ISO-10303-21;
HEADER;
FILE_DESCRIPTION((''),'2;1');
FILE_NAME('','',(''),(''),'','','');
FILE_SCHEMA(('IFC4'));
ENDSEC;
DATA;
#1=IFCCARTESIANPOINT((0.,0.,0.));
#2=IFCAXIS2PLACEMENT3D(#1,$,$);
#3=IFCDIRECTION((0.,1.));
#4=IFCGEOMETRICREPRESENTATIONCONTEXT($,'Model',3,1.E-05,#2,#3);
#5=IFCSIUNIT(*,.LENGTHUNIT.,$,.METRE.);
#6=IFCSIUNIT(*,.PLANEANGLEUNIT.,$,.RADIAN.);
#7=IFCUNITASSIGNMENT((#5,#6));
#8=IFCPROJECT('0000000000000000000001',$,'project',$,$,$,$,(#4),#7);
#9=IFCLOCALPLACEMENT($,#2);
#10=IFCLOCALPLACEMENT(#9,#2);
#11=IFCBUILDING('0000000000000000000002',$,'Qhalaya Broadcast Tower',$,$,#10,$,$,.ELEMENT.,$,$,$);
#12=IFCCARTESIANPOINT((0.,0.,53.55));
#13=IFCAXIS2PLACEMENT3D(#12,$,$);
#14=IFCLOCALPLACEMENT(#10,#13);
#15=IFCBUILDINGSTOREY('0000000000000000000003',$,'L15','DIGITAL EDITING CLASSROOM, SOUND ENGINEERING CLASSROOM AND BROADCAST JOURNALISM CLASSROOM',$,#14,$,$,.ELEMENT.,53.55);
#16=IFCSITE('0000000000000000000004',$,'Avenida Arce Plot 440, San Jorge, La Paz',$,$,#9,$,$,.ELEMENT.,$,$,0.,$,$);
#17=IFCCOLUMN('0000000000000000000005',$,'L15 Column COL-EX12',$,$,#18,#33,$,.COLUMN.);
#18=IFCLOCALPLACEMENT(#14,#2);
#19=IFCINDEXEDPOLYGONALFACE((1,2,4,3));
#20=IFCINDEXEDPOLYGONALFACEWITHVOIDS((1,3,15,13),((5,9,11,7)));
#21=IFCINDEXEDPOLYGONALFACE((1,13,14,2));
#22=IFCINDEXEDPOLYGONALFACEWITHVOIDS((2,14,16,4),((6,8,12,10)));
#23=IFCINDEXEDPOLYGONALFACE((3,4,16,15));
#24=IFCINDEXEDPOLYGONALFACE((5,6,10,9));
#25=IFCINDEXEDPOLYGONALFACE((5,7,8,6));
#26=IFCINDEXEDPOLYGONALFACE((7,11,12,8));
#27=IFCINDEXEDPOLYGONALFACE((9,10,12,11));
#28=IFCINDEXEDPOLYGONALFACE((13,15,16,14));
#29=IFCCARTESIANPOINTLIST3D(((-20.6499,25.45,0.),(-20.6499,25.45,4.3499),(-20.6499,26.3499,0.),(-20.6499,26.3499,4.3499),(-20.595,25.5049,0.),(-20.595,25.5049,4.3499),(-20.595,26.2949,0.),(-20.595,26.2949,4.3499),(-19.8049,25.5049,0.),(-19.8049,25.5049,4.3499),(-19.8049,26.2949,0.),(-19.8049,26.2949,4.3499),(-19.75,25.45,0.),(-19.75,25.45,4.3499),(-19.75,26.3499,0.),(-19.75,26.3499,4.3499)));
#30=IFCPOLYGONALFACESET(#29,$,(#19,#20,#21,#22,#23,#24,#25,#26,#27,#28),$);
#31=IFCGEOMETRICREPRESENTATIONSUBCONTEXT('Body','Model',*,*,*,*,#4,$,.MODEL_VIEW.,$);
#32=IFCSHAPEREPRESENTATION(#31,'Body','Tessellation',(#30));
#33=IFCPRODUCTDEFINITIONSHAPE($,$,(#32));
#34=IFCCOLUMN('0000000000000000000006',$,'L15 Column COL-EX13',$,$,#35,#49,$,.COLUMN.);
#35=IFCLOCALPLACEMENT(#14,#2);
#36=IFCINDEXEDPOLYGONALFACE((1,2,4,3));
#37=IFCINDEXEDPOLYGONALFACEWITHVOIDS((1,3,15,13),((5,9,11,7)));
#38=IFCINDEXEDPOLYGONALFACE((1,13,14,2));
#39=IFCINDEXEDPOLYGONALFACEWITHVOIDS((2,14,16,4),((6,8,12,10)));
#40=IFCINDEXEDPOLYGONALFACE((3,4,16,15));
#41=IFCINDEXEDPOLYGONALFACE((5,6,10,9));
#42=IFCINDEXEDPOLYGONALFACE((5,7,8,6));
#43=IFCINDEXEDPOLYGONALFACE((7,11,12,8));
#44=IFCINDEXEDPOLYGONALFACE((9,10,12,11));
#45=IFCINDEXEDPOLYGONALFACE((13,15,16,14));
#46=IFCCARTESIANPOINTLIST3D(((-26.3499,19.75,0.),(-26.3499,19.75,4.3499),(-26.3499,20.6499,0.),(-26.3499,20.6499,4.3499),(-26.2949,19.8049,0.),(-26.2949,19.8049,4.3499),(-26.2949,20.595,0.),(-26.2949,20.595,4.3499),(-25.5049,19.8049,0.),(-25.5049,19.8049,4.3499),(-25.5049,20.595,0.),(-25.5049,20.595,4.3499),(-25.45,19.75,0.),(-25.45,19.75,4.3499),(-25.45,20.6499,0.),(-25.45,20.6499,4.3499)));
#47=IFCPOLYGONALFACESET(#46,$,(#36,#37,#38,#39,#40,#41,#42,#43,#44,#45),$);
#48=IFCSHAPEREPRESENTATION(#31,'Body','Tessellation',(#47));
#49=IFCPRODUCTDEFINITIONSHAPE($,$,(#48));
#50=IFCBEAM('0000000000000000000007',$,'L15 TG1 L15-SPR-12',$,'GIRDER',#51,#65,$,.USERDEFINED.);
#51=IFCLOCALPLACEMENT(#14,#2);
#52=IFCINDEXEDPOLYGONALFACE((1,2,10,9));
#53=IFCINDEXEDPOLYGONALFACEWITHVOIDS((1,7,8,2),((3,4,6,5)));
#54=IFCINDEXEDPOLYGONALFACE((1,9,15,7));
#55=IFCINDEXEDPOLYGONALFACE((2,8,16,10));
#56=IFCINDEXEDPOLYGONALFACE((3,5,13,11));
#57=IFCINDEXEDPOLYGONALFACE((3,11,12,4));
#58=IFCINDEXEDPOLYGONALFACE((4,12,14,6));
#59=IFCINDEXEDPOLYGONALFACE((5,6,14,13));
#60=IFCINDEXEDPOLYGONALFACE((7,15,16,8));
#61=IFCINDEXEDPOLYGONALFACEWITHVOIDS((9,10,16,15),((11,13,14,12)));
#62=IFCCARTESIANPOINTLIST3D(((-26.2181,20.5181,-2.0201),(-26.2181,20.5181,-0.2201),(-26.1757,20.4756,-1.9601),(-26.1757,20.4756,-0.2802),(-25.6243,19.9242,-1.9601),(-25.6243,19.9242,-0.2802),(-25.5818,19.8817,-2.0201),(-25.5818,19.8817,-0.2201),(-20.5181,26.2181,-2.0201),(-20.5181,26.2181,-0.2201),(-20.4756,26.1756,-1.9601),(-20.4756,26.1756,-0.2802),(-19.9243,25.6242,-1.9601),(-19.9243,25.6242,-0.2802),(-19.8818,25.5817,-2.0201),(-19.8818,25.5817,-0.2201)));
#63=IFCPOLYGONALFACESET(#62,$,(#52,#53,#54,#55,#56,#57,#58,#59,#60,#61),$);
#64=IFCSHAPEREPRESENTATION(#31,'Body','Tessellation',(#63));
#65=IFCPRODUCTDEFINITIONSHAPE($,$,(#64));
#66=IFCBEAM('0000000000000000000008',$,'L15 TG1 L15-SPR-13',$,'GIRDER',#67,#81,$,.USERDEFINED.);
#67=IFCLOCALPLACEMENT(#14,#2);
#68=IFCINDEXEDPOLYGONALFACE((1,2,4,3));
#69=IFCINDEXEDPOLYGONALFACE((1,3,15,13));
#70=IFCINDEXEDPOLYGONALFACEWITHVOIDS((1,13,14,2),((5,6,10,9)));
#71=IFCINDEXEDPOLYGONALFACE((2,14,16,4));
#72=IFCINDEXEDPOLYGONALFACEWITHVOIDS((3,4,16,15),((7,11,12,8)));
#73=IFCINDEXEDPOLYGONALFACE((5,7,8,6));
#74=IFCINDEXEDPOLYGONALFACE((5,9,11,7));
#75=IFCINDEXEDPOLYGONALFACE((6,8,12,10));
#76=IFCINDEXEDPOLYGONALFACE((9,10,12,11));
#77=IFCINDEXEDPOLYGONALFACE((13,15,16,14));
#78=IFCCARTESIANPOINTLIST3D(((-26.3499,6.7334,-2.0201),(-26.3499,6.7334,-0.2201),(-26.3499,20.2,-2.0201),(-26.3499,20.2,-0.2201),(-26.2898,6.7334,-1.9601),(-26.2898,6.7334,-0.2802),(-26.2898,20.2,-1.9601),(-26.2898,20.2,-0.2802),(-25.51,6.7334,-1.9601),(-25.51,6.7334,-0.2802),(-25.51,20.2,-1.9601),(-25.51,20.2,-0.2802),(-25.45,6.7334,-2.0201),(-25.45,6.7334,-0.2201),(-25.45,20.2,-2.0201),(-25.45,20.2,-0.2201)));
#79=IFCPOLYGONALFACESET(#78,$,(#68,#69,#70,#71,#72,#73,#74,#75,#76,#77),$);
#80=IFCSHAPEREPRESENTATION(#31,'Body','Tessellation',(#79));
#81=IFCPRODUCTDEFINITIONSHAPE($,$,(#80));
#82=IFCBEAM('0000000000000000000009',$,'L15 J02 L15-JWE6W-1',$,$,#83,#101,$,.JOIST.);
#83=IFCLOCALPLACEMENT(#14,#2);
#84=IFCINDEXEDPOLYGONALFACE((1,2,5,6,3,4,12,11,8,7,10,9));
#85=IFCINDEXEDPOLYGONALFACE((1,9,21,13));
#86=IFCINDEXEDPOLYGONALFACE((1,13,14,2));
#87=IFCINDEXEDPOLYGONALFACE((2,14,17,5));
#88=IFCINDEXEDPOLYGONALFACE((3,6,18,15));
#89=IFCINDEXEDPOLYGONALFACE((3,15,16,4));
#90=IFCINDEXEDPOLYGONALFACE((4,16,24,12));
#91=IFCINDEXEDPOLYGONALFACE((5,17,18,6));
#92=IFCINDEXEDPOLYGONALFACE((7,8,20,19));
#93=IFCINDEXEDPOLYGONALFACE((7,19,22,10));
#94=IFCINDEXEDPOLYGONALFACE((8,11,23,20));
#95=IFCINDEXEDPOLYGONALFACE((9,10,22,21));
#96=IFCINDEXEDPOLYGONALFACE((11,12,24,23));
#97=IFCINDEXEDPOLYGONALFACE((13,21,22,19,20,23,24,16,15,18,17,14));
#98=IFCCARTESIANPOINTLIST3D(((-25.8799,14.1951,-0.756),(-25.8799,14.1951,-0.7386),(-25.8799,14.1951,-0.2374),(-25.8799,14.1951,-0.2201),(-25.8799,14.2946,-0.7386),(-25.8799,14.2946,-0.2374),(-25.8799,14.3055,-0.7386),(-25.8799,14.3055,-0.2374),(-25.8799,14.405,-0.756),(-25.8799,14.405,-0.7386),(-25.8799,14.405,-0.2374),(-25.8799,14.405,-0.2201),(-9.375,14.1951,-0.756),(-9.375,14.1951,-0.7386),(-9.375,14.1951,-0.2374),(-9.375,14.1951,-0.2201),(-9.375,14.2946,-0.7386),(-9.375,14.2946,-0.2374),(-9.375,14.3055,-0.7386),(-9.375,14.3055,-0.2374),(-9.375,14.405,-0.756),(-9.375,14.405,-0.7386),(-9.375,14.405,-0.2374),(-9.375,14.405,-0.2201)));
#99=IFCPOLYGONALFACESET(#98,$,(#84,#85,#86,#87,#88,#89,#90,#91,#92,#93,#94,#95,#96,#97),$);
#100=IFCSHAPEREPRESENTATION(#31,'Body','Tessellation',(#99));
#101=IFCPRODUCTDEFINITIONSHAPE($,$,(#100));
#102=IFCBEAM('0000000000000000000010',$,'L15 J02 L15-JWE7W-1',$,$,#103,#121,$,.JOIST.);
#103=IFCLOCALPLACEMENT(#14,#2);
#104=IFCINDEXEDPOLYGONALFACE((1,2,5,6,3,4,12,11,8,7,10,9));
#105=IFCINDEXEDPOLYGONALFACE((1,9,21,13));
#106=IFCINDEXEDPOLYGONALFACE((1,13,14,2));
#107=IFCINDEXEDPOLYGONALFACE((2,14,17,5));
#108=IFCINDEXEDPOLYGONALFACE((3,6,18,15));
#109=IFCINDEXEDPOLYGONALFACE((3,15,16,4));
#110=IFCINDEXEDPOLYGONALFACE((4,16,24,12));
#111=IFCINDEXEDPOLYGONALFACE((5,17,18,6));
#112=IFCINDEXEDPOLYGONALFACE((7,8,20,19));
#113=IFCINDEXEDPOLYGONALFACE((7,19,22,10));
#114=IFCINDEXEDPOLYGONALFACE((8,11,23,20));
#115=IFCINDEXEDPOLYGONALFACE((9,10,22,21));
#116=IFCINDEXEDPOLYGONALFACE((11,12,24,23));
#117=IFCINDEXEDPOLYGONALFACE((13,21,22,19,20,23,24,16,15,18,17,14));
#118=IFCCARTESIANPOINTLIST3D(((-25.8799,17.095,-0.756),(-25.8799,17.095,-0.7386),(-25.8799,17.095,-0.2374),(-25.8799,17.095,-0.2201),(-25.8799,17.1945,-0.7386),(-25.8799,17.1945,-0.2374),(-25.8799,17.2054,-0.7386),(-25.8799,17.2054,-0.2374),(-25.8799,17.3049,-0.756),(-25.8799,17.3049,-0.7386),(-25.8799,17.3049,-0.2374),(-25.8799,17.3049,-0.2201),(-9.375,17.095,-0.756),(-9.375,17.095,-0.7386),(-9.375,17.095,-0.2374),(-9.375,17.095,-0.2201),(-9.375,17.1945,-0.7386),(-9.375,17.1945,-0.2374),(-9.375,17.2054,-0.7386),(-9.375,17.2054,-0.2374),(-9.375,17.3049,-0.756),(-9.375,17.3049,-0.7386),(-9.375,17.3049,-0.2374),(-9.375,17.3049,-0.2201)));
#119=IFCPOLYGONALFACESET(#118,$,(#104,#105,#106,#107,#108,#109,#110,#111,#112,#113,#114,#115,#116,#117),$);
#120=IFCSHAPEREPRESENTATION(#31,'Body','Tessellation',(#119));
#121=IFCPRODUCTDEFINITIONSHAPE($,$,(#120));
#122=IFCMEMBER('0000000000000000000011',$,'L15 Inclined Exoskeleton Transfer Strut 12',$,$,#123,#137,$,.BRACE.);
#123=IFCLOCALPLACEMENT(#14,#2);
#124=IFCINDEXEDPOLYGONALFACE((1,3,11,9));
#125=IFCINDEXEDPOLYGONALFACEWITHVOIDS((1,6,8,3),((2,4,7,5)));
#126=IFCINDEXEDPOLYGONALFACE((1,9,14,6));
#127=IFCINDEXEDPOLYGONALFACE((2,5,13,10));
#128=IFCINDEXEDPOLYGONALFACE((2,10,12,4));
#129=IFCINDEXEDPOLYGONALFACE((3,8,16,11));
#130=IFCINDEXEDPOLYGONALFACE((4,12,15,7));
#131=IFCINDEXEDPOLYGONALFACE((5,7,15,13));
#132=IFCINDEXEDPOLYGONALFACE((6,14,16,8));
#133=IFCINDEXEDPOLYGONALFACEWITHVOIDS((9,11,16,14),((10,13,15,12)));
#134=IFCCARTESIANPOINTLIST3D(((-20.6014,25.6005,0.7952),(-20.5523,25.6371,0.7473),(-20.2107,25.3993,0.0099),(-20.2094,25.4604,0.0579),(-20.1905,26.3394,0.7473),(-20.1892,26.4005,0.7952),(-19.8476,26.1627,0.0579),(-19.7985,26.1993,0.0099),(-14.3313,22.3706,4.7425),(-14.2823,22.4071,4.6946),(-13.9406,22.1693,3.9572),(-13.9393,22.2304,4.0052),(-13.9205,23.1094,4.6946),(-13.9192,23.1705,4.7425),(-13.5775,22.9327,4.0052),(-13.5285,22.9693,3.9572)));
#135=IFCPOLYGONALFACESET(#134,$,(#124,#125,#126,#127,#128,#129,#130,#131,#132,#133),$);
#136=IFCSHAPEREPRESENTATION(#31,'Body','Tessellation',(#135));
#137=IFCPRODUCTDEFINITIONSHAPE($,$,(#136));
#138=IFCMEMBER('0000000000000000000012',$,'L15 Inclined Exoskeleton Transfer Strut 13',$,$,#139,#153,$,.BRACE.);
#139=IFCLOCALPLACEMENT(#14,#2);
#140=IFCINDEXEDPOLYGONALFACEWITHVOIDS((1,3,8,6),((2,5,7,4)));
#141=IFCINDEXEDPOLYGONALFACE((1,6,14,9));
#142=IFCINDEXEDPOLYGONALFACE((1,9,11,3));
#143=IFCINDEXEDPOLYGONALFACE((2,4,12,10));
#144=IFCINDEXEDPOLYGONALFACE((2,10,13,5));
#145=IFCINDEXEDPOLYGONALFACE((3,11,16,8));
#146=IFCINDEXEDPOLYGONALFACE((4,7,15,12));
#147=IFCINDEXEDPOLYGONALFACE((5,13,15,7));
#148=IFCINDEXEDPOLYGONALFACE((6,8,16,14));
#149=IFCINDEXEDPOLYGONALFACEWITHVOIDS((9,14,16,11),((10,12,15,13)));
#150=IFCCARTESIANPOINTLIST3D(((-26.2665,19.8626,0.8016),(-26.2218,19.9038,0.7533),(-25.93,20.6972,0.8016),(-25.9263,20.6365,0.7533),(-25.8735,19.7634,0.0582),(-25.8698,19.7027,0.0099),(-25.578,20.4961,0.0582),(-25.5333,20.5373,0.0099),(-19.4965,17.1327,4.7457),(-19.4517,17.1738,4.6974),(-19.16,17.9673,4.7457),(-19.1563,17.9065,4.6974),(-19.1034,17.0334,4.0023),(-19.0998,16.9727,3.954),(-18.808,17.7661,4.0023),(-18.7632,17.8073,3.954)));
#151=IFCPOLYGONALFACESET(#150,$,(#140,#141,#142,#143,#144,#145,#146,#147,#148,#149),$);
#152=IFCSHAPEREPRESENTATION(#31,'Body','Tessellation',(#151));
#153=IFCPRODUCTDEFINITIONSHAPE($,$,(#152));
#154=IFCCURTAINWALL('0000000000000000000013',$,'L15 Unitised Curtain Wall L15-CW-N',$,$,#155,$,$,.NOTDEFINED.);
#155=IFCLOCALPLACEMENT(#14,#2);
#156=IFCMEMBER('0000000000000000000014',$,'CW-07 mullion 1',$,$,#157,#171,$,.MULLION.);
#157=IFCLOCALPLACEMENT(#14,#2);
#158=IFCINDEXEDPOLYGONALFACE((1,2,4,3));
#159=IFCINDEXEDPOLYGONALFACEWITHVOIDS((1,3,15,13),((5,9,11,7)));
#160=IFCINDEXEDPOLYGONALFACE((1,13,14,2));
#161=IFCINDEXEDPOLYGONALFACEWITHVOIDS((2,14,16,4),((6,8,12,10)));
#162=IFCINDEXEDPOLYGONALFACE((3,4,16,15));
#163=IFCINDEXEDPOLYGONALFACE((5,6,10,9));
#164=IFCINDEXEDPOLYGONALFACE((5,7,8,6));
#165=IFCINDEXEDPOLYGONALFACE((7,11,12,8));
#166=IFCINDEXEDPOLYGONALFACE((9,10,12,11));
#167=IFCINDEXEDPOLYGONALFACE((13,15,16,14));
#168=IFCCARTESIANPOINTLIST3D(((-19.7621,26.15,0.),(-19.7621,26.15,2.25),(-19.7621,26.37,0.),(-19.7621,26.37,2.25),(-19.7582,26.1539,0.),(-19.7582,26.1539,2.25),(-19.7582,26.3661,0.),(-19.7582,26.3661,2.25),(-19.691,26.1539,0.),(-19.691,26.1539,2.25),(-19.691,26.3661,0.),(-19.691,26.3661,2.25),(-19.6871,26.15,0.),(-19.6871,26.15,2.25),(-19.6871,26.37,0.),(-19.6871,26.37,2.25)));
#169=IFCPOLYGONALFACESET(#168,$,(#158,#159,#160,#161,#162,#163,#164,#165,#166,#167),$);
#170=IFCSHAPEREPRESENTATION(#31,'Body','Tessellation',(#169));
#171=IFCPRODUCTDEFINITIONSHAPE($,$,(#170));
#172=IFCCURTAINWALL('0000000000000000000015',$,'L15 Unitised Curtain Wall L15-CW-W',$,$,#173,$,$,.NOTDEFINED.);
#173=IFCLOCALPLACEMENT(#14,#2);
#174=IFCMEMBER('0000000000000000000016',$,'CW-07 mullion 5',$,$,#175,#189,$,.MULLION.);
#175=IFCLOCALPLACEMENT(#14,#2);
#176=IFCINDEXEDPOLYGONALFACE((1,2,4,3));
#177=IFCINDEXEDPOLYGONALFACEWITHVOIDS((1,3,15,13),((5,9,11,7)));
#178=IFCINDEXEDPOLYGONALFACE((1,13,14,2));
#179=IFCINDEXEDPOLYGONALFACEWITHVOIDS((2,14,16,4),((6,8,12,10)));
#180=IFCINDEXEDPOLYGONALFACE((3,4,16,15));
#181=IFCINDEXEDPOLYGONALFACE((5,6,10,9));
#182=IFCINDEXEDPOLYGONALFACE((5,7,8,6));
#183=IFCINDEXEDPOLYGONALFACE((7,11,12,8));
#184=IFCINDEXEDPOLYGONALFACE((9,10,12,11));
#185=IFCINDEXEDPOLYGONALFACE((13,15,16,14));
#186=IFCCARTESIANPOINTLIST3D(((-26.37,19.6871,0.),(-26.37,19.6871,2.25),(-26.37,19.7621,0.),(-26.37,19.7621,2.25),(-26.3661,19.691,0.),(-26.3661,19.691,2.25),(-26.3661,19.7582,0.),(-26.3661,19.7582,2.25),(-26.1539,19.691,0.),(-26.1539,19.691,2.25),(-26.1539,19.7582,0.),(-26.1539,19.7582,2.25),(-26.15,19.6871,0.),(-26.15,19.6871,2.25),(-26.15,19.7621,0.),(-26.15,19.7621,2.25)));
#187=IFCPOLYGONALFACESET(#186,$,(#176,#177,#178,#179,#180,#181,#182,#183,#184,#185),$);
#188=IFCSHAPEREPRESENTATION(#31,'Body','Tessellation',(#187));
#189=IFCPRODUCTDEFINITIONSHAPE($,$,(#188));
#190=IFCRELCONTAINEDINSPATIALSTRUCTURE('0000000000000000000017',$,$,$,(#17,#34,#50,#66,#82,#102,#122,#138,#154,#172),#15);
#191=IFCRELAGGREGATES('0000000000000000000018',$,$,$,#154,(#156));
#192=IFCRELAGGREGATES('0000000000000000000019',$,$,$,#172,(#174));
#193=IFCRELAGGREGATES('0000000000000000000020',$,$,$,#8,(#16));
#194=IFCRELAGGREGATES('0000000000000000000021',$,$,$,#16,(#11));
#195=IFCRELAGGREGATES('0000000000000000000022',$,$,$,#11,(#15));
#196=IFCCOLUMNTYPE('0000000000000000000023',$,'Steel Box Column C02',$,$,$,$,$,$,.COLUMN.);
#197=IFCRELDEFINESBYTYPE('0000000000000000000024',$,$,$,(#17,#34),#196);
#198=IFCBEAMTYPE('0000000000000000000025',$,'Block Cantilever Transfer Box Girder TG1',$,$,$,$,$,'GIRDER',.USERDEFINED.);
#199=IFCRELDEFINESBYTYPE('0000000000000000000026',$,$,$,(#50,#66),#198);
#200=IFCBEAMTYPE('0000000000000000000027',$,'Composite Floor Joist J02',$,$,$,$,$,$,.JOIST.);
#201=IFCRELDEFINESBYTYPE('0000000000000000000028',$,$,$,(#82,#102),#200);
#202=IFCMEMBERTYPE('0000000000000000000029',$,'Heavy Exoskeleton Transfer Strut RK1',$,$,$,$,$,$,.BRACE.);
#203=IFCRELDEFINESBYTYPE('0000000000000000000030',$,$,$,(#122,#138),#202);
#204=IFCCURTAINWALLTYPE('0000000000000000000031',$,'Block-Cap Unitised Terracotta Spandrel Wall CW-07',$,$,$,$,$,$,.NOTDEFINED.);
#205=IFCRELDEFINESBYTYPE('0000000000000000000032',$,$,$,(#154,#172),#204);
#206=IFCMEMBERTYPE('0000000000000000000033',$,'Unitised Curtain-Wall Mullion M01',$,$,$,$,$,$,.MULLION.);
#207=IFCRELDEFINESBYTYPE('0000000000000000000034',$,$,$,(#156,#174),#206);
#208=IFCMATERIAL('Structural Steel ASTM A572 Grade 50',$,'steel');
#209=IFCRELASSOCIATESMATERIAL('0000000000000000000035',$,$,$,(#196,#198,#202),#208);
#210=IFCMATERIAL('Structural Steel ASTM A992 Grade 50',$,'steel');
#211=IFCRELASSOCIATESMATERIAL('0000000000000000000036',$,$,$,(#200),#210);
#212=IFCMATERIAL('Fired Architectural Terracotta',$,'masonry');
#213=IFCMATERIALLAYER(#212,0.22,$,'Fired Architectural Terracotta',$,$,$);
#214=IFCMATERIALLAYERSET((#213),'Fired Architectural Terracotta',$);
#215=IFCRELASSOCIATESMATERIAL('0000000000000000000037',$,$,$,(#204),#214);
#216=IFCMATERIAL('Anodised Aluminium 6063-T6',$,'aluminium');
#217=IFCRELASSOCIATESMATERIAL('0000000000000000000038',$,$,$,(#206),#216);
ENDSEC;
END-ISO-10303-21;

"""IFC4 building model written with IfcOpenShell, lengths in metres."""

from ifc_helpers import new_model, si_unit, direction, frame, origin, origin_2d, place, context, subcontext, project, spatial, hollow_rectangle, i_section, extrude, material, layer, layer_set, material_profile, profile_set, type_object, element, aggregate, save


model = new_model("IFC4")

# Units and contexts
model_context = context("Model", 3, precision=1e-05, world=origin(), true_north=direction((0.0, 1.0)))
body_context = subcontext(model_context, "Body", "Model", "MODEL_VIEW")
ifc_project = project(units=[si_unit("LENGTHUNIT", "METRE"), si_unit("PLANEANGLEUNIT", "RADIAN")], contexts=[model_context])

# Site, building, storey
site_placement = place(None, origin())
site = spatial("IfcSite", under=ifc_project, at=site_placement, Name="Avenida Arce Plot 440, San Jorge, La Paz", CompositionType="ELEMENT", RefElevation=0.0)
building_placement = place(site_placement, origin())
building = spatial("IfcBuilding", under=site, at=building_placement, Name="Qhalaya Broadcast Tower", CompositionType="ELEMENT")
storey_placement = place(building_placement, frame((0.0, 0.0, 53.55)))
storey = spatial("IfcBuildingStorey", under=building, at=storey_placement, Name="L15", Description="DIGITAL EDITING CLASSROOM, SOUND ENGINEERING CLASSROOM AND BROADCAST JOURNALISM CLASSROOM", CompositionType="ELEMENT", Elevation=53.55)

# Columns
ifc_material_1 = material(Name="Structural Steel ASTM A572 Grade 50", Category="steel")
ifc_material_profile_1 = material_profile(ifc_material_1, hollow_rectangle(XDim=0.8999, YDim=0.8999, WallThickness=0.0549, at=origin_2d()), Name="BOX 900x900x55")
ifc_profile_set_1 = profile_set([ifc_material_profile_1], Name="Structural Steel ASTM A572 Grade 50")
column_type = type_object("IfcColumnType", Name="Steel Box Column C02", PredefinedType="COLUMN", material=ifc_profile_set_1)
for number, where, z_axis, x_axis, name in (
    (1, (-20.2, 25.8999, 0.0), (0.0, 0.0, 1.0), (1.0, 0.0, 0.0), "L15 Column COL-EX12"),
    (2, (-25.8999, 20.2, 0.0), (0.0, 0.0, 1.0), (0.0, 1.0, 0.0), "L15 Column COL-EX13"),
):
    element("IfcColumn", number, at=place(storey_placement, frame(where, z_axis=z_axis, x_axis=x_axis)), inside=storey, type_object=column_type, Name=name, PredefinedType="COLUMN", context=body_context, shape_type="SweptSolid", body=[
        extrude(hollow_rectangle(XDim=0.8999, YDim=0.8999, WallThickness=0.0549, at=origin_2d()), origin(), (0.0, 0.0, 1.0), 4.3499),
    ])

# Beams
ifc_material_profile_2 = material_profile(ifc_material_1, hollow_rectangle(XDim=0.8999, YDim=1.8, WallThickness=0.0601, at=origin_2d()), Name="BOX 900x1800x60")
ifc_profile_set_2 = profile_set([ifc_material_profile_2], Name="Structural Steel ASTM A572 Grade 50")
beam_type_1 = type_object("IfcBeamType", Name="Block Cantilever Transfer Box Girder TG1", ElementType="GIRDER", PredefinedType="USERDEFINED", material=ifc_profile_set_2)
beam_1_placement = place(storey_placement, frame((-20.2, 25.8999, -1.1201), z_axis=(-0.707107, -0.707107, 0.0), x_axis=(0.707107, -0.707107, 0.0)))
element("IfcBeam", 3, at=beam_1_placement, inside=storey, type_object=beam_type_1, Name="L15 TG1 L15-SPR-12", ObjectType="GIRDER", PredefinedType="USERDEFINED", context=body_context, shape_type="SweptSolid", body=[
    extrude(hollow_rectangle(XDim=0.8999, YDim=1.8, WallThickness=0.0601, at=origin_2d()), origin(), (0.0, 0.0, 1.0), 8.061),
])
beam_2_placement = place(storey_placement, frame((-25.8999, 20.2, -1.1201), z_axis=(0.0, -1.0, 0.0), x_axis=(1.0, 0.0, 0.0)))
element("IfcBeam", 4, at=beam_2_placement, inside=storey, type_object=beam_type_1, Name="L15 TG1 L15-SPR-13", ObjectType="GIRDER", PredefinedType="USERDEFINED", context=body_context, shape_type="SweptSolid", body=[
    extrude(hollow_rectangle(XDim=0.8999, YDim=1.8, WallThickness=0.0601, at=origin_2d()), origin(), (0.0, 0.0, 1.0), 13.4666),
])
ifc_material_2 = material(Name="Structural Steel ASTM A992 Grade 50", Category="steel")
ifc_material_profile_3 = material_profile(ifc_material_2, i_section(OverallWidth=0.21, OverallDepth=0.5359, WebThickness=0.011, FlangeThickness=0.0173, at=origin_2d()), Name="W21X68")
ifc_profile_set_3 = profile_set([ifc_material_profile_3], Name="Structural Steel ASTM A992 Grade 50")
beam_type_2 = type_object("IfcBeamType", Name="Composite Floor Joist J02", PredefinedType="JOIST", material=ifc_profile_set_3)
for number, where, z_axis, x_axis, name in (
    (5, (-25.8799, 14.3, -0.488), (1.0, 0.0, 0.0), (0.0, 1.0, 0.0), "L15 J02 L15-JWE6W-1"),
    (6, (-25.8799, 17.2, -0.488), (1.0, 0.0, 0.0), (0.0, 1.0, 0.0), "L15 J02 L15-JWE7W-1"),
):
    element("IfcBeam", number, at=place(storey_placement, frame(where, z_axis=z_axis, x_axis=x_axis)), inside=storey, type_object=beam_type_2, Name=name, PredefinedType="JOIST", context=body_context, shape_type="SweptSolid", body=[
        extrude(i_section(OverallWidth=0.21, OverallDepth=0.5359, WebThickness=0.011, FlangeThickness=0.0173, at=origin_2d()), origin(), (0.0, 0.0, 1.0), 16.5049),
    ])

# Members
ifc_material_profile_4 = material_profile(ifc_material_1, hollow_rectangle(XDim=0.8999, YDim=0.8999, WallThickness=0.0549, at=origin_2d()), Name="BOX 900x900x55")
ifc_profile_set_4 = profile_set([ifc_material_profile_4], Name="Structural Steel ASTM A572 Grade 50")
member_type_1 = type_object("IfcMemberType", Name="Heavy Exoskeleton Transfer Strut RK1", PredefinedType="BRACE", material=ifc_profile_set_4)
member_1_placement = place(storey_placement, frame((-20.2, 25.8999, 0.4026), z_axis=(0.775752, -0.399626, 0.488372), x_axis=(0.457953, 0.888976, 0.0)))
element("IfcMember", 7, at=member_1_placement, inside=storey, type_object=member_type_1, Name="L15 Inclined Exoskeleton Transfer Strut 12", PredefinedType="BRACE", context=body_context, shape_type="SweptSolid", body=[
    extrude(hollow_rectangle(XDim=0.8999, YDim=0.8999, WallThickness=0.0549, at=origin_2d()), origin(), (0.0, 0.0, 1.0), 8.0825),
])
member_2_placement = place(storey_placement, frame((-25.8999, 20.2, 0.4058), z_axis=(0.81595, -0.329028, 0.475358), x_axis=(0.373984, 0.927435, 0.0)))
element("IfcMember", 8, at=member_2_placement, inside=storey, type_object=member_type_1, Name="L15 Inclined Exoskeleton Transfer Strut 13", PredefinedType="BRACE", context=body_context, shape_type="SweptSolid", body=[
    extrude(hollow_rectangle(XDim=0.8999, YDim=0.8999, WallThickness=0.0549, at=origin_2d()), origin(), (0.0, 0.0, 1.0), 8.2971),
])

# Curtain walls, members
ifc_material_3 = material(Name="Fired Architectural Terracotta", Category="masonry")
ifc_layer_1 = layer(ifc_material_3, 0.22, Name="Fired Architectural Terracotta")
ifc_layer_set_1 = layer_set([ifc_layer_1], Name="Fired Architectural Terracotta")
curtain_wall_type = type_object("IfcCurtainWallType", Name="Block-Cap Unitised Terracotta Spandrel Wall CW-07", PredefinedType="NOTDEFINED", material=ifc_layer_set_1)
curtain_wall_1_placement = place(storey_placement, origin())
curtain_wall_1 = element("IfcCurtainWall", 9, at=curtain_wall_1_placement, inside=storey, type_object=curtain_wall_type, Name="L15 Unitised Curtain Wall L15-CW-N", PredefinedType="NOTDEFINED")
ifc_material_4 = material(Name="Anodised Aluminium 6063-T6", Category="aluminium")
ifc_material_profile_5 = material_profile(ifc_material_4, hollow_rectangle(XDim=0.075, YDim=0.22, WallThickness=0.0039, at=origin_2d()), Name="ALU-MUL 75x220x4")
ifc_profile_set_5 = profile_set([ifc_material_profile_5], Name="Anodised Aluminium 6063-T6")
member_type_2 = type_object("IfcMemberType", Name="Unitised Curtain-Wall Mullion M01", PredefinedType="MULLION", material=ifc_profile_set_5)
member_3_placement = place(storey_placement, frame((-19.7246, 26.26, 0.0), z_axis=(0.0, 0.0, 1.0), x_axis=(1.0, 0.0, 0.0)))
member_3 = element("IfcMember", 10, at=member_3_placement, type_object=member_type_2, Name="CW-07 mullion 1", PredefinedType="MULLION", context=body_context, shape_type="SweptSolid", body=[
    extrude(hollow_rectangle(XDim=0.075, YDim=0.22, WallThickness=0.0039, at=origin_2d()), origin(), (0.0, 0.0, 1.0), 2.25),
])
curtain_wall_2_placement = place(storey_placement, origin())
curtain_wall_2 = element("IfcCurtainWall", 11, at=curtain_wall_2_placement, inside=storey, type_object=curtain_wall_type, Name="L15 Unitised Curtain Wall L15-CW-W", PredefinedType="NOTDEFINED")
member_4_placement = place(storey_placement, frame((-26.26, 19.7246, 0.0), z_axis=(0.0, 0.0, 1.0), x_axis=(0.0, 1.0, 0.0)))
member_4 = element("IfcMember", 12, at=member_4_placement, type_object=member_type_2, Name="CW-07 mullion 5", PredefinedType="MULLION", context=body_context, shape_type="SweptSolid", body=[
    extrude(hollow_rectangle(XDim=0.075, YDim=0.22, WallThickness=0.0039, at=origin_2d()), origin(), (0.0, 0.0, 1.0), 2.25),
])

aggregate(curtain_wall_1, [member_3])

aggregate(curtain_wall_2, [member_4])

save(model, "model.ifc")
